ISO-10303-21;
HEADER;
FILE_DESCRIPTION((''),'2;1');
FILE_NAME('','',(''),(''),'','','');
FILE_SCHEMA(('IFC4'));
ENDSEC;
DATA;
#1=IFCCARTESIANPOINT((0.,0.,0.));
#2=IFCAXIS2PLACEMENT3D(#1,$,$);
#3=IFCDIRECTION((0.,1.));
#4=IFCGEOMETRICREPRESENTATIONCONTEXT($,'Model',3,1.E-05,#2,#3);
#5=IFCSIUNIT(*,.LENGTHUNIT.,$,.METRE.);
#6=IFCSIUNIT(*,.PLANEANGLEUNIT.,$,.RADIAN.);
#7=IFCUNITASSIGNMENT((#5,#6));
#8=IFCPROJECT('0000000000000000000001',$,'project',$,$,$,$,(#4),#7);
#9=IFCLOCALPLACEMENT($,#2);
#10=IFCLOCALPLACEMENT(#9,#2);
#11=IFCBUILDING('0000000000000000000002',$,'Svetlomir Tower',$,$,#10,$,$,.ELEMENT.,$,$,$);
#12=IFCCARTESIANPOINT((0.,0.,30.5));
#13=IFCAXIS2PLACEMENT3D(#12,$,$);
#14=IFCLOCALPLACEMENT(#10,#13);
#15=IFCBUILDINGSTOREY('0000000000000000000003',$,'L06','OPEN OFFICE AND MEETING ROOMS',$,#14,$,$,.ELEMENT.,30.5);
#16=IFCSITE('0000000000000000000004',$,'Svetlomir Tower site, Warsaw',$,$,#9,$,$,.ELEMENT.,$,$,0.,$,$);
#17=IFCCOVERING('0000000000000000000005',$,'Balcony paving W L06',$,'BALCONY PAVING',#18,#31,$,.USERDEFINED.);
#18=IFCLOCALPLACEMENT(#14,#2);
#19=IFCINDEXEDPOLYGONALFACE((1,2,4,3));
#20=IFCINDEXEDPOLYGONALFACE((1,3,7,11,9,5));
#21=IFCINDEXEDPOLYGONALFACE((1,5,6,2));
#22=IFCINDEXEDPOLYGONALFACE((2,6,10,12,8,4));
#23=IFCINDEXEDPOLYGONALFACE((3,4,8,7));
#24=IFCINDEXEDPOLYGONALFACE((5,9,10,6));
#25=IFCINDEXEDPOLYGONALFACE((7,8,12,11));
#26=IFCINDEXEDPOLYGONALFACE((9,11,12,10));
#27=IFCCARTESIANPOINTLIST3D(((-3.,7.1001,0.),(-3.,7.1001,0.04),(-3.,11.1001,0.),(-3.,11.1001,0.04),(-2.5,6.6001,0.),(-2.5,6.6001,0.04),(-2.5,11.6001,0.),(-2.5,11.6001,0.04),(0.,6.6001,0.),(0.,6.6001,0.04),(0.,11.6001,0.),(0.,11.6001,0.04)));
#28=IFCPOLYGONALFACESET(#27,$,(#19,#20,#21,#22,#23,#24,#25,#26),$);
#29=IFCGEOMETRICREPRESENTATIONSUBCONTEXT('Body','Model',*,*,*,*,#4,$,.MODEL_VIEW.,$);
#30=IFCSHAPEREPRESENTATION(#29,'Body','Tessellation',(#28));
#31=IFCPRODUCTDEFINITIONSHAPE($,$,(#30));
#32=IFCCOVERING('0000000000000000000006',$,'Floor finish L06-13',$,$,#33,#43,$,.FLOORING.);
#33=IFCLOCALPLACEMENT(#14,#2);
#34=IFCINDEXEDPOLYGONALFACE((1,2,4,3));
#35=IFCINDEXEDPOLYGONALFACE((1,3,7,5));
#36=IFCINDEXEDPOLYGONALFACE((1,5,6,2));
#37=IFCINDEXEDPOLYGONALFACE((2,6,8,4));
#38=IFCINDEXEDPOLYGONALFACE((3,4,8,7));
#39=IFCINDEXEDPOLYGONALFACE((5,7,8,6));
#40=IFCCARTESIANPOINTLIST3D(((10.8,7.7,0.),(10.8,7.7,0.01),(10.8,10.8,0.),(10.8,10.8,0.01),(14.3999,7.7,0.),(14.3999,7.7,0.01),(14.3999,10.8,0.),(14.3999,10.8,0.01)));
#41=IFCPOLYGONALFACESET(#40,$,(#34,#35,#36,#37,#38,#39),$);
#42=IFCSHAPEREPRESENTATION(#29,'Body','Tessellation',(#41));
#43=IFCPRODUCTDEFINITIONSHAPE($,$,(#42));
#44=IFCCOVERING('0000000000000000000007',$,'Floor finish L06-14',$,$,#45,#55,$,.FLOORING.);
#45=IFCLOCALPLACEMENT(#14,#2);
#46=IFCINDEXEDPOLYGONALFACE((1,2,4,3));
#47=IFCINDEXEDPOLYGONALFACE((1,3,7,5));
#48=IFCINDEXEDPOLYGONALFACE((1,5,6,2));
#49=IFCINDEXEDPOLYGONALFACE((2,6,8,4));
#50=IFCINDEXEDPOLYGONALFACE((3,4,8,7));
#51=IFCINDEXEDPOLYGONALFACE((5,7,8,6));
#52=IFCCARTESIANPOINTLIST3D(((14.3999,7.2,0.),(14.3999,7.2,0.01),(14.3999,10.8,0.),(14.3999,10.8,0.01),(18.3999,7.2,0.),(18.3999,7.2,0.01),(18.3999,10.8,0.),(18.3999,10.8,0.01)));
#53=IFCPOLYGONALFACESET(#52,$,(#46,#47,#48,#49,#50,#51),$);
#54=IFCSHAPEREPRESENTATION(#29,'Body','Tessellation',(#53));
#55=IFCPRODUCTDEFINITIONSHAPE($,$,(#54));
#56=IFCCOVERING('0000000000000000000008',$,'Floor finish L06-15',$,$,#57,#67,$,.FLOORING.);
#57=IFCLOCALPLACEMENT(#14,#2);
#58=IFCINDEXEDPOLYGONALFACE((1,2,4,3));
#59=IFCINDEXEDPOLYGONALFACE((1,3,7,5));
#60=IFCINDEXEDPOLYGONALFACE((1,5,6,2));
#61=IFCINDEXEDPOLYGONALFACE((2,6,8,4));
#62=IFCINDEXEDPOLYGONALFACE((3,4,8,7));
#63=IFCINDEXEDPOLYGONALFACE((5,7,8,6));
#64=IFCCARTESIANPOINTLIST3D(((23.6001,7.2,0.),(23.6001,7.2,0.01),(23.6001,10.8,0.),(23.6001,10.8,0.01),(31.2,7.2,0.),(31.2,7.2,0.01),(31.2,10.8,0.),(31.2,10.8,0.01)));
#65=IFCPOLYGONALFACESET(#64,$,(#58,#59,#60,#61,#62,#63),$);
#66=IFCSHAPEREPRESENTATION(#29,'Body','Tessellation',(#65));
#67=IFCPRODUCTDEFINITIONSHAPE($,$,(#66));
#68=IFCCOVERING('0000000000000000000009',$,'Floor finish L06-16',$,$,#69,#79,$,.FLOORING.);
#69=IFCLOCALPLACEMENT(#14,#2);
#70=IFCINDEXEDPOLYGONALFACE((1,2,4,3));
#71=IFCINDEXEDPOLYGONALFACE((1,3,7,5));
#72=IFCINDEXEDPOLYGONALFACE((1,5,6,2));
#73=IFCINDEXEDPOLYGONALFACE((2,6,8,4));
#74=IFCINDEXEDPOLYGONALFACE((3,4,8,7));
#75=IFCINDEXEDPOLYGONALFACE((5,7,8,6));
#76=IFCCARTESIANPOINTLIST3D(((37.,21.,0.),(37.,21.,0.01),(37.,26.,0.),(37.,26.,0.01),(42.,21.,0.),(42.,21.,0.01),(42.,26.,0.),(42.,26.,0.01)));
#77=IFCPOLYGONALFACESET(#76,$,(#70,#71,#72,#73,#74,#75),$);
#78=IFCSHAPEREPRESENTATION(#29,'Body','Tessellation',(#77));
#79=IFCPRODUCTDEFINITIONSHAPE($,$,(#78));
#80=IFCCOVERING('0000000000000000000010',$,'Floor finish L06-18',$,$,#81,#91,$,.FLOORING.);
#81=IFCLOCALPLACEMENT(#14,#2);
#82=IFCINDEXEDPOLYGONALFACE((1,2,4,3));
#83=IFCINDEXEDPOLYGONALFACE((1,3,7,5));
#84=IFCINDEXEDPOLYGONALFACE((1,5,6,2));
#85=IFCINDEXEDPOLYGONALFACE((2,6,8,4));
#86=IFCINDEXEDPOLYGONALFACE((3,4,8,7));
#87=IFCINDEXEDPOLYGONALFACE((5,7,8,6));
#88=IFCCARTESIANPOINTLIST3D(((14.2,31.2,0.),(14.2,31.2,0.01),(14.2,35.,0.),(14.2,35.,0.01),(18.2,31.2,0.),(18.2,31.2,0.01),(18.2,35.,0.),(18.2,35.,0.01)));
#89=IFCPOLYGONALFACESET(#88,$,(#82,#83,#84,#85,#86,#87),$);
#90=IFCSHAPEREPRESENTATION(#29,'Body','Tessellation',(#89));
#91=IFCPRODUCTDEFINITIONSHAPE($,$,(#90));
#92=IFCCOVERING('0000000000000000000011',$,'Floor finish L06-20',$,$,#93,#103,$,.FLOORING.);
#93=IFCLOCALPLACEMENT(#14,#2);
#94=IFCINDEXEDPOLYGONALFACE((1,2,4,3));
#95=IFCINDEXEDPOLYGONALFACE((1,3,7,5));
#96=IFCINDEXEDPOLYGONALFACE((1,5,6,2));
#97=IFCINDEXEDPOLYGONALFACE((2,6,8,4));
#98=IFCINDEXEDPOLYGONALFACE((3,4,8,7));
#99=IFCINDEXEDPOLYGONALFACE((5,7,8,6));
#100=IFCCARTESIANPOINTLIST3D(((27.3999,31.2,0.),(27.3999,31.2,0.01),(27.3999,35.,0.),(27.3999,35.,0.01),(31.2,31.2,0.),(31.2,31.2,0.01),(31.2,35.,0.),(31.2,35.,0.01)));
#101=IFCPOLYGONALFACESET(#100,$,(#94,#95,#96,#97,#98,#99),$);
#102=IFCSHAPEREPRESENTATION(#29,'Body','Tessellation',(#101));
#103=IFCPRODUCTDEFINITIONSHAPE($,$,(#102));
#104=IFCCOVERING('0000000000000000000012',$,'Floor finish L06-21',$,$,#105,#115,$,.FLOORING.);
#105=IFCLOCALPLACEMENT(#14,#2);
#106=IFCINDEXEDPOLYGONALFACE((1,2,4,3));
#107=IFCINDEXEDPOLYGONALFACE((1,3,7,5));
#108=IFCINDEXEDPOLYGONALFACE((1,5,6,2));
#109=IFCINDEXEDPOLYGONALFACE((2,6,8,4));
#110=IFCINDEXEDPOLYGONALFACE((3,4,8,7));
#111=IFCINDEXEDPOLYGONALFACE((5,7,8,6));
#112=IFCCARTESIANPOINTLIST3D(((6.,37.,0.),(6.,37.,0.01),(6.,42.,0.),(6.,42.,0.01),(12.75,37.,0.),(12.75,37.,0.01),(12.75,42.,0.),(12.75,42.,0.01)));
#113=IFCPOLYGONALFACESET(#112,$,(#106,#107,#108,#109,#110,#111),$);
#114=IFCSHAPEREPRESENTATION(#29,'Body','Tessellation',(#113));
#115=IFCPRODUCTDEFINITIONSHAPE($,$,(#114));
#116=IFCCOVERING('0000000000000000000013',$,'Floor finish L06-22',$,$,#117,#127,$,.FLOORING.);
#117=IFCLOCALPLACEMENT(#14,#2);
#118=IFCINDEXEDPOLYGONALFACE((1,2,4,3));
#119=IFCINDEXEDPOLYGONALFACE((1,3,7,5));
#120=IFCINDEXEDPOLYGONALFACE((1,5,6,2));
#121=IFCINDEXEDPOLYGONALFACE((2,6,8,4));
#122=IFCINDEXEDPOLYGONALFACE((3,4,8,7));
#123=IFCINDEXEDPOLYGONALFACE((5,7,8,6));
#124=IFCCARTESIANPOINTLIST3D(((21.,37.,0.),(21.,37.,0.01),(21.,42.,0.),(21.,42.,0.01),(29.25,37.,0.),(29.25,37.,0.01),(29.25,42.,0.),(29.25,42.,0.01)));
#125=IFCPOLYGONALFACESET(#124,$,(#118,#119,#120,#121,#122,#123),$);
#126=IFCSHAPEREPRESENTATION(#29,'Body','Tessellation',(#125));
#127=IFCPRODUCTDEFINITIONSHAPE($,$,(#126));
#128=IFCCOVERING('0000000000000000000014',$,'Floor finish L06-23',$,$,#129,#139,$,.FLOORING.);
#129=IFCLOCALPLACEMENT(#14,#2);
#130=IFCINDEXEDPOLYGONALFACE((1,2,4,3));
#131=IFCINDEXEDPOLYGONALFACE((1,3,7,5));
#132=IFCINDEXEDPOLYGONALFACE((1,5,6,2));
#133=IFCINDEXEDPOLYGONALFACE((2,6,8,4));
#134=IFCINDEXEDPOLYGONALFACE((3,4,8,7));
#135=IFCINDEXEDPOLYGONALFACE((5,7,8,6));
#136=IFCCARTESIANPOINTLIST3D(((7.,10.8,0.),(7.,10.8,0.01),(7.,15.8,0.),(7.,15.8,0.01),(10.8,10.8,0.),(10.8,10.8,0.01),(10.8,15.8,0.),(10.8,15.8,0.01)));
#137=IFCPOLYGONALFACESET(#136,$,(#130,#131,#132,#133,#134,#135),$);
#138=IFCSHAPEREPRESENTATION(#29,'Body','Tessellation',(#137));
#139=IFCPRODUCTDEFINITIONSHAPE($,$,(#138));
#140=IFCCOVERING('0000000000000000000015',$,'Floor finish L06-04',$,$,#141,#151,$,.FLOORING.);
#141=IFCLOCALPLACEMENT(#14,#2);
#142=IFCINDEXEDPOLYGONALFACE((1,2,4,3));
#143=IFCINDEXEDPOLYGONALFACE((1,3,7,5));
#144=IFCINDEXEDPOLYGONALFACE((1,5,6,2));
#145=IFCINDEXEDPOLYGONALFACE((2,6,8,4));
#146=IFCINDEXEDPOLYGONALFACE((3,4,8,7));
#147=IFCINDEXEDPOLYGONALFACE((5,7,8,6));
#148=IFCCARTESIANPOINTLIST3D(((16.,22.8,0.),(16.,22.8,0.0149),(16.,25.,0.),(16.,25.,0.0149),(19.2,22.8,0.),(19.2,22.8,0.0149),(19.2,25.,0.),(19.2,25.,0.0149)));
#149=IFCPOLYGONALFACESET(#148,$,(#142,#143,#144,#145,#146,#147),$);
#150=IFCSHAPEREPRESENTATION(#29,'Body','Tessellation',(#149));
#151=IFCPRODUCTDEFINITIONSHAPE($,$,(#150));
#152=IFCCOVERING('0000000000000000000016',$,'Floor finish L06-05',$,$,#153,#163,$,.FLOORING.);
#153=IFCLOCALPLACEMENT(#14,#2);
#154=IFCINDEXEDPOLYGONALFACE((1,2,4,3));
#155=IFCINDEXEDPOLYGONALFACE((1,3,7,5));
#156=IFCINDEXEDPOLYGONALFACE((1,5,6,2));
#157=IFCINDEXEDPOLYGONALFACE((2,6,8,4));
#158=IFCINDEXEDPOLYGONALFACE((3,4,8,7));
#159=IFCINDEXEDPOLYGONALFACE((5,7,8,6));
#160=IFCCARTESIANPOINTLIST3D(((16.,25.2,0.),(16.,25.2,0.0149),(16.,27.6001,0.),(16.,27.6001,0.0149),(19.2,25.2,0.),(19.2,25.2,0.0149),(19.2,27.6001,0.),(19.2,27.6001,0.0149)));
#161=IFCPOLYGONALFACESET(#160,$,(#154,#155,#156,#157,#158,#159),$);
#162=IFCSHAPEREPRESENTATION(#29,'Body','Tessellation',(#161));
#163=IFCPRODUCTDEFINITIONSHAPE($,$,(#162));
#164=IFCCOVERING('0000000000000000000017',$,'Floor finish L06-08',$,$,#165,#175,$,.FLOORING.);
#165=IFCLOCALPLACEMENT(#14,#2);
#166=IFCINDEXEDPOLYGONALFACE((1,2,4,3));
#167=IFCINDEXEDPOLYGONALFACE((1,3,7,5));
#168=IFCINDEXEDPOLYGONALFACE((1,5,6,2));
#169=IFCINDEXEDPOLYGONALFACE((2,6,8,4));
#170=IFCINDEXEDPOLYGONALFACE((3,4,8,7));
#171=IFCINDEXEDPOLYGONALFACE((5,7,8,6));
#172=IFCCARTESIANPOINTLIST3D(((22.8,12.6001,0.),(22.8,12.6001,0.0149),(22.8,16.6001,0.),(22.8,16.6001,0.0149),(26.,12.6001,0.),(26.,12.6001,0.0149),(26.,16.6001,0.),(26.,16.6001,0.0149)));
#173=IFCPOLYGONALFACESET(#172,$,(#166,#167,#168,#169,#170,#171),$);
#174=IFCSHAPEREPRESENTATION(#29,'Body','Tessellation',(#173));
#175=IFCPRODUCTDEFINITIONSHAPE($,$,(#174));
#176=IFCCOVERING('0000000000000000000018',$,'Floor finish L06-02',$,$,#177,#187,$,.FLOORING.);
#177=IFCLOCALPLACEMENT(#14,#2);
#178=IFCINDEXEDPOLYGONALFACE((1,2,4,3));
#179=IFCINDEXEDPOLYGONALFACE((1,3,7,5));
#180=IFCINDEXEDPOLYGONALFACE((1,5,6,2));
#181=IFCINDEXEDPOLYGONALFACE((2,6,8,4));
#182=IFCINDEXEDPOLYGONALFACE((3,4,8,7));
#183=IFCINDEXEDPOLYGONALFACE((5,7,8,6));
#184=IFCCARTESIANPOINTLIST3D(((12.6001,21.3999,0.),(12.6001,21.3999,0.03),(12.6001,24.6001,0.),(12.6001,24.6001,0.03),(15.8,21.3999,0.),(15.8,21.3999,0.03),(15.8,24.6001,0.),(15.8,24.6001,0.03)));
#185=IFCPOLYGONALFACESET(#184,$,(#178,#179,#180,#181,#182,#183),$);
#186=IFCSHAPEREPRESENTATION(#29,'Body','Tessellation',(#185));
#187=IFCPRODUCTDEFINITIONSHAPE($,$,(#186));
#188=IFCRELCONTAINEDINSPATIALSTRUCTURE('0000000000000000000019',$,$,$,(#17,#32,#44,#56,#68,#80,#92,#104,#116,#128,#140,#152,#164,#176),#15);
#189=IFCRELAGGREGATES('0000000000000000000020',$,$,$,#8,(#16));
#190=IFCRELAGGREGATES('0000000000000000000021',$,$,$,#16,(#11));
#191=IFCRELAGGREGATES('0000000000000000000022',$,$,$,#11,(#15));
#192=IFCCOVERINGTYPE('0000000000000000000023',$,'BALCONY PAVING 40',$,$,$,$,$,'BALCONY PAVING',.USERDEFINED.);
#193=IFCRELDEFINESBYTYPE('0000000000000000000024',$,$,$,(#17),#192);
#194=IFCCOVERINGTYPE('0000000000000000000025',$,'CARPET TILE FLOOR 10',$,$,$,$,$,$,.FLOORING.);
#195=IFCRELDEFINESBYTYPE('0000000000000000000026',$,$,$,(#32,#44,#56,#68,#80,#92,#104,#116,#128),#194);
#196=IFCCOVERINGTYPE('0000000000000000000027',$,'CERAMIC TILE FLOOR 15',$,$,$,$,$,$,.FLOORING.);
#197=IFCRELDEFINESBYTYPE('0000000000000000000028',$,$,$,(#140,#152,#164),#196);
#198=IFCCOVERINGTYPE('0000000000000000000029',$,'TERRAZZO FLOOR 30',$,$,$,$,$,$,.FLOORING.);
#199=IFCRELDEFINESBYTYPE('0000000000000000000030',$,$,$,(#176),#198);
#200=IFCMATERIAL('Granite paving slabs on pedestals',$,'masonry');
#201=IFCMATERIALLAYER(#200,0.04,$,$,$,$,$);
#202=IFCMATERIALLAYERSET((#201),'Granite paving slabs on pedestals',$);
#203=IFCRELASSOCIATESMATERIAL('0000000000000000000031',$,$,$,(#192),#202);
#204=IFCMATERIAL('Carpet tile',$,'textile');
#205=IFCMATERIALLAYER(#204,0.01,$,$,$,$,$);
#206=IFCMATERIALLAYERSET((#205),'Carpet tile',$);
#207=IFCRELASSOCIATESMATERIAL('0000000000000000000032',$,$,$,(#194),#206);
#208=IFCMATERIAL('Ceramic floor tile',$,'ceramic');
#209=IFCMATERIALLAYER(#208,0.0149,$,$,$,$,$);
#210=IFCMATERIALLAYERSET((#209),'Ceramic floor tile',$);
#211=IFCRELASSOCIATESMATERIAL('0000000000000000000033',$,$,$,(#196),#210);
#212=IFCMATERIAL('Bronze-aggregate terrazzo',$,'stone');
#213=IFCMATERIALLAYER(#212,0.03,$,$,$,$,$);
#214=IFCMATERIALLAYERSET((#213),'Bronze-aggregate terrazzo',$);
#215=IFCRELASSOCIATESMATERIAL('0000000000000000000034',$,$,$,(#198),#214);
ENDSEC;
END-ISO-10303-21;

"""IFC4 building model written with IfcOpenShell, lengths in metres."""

from ifc_helpers import new_model, si_unit, direction, frame, origin, place, context, subcontext, project, spatial, polyline, outline, extrude, material, layer, layer_set, type_object, element, save


model = new_model("IFC4")

# Units and contexts
model_context = context("Model", 3, precision=1e-05, world=origin(), true_north=direction((0.0, 1.0)))
body_context = subcontext(model_context, "Body", "Model", "MODEL_VIEW")
ifc_project = project(units=[si_unit("LENGTHUNIT", "METRE"), si_unit("PLANEANGLEUNIT", "RADIAN")], contexts=[model_context])

# Site, building, storey
site_placement = place(None, origin())
site = spatial("IfcSite", under=ifc_project, at=site_placement, Name="Svetlomir Tower site, Warsaw", CompositionType="ELEMENT", RefElevation=0.0)
building_placement = place(site_placement, origin())
building = spatial("IfcBuilding", under=site, at=building_placement, Name="Svetlomir Tower", CompositionType="ELEMENT")
storey_placement = place(building_placement, frame((0.0, 0.0, 30.5)))
storey = spatial("IfcBuildingStorey", under=building, at=storey_placement, Name="L06", Description="OPEN OFFICE AND MEETING ROOMS", CompositionType="ELEMENT", Elevation=30.5)

# Coverings
ifc_material_1 = material(Name="Granite paving slabs on pedestals", Category="masonry")
ifc_layer_1 = layer(ifc_material_1, 0.04)
ifc_layer_set_1 = layer_set([ifc_layer_1], Name="Granite paving slabs on pedestals")
covering_type_1 = type_object("IfcCoveringType", Name="BALCONY PAVING 40", ElementType="BALCONY PAVING", PredefinedType="USERDEFINED", material=ifc_layer_set_1)
covering_1_placement = place(storey_placement, origin())
element("IfcCovering", 1, at=covering_1_placement, inside=storey, type_object=covering_type_1, Name="Balcony paving W L06", ObjectType="BALCONY PAVING", PredefinedType="USERDEFINED", context=body_context, shape_type="SweptSolid", body=[
    extrude(outline(polyline([(-2.5, 6.6001), (0.0, 6.6001), (0.0, 11.6001), (-2.5, 11.6001), (-3.0, 11.1001), (-3.0, 7.1001), (-2.5, 6.6001)])), origin(), (0.0, 0.0, 1.0), 0.04),
])
ifc_material_2 = material(Name="Carpet tile", Category="textile")
ifc_layer_2 = layer(ifc_material_2, 0.01)
ifc_layer_set_2 = layer_set([ifc_layer_2], Name="Carpet tile")
covering_type_2 = type_object("IfcCoveringType", Name="CARPET TILE FLOOR 10", PredefinedType="FLOORING", material=ifc_layer_set_2)
covering_2_placement = place(storey_placement, origin())
element("IfcCovering", 2, at=covering_2_placement, inside=storey, type_object=covering_type_2, Name="Floor finish L06-13", PredefinedType="FLOORING", context=body_context, shape_type="SweptSolid", body=[
    extrude(outline(polyline([(10.8, 7.7), (14.3999, 7.7), (14.3999, 10.8), (10.8, 10.8), (10.8, 7.7)])), origin(), (0.0, 0.0, 1.0), 0.01),
])
covering_3_placement = place(storey_placement, origin())
element("IfcCovering", 3, at=covering_3_placement, inside=storey, type_object=covering_type_2, Name="Floor finish L06-14", PredefinedType="FLOORING", context=body_context, shape_type="SweptSolid", body=[
    extrude(outline(polyline([(14.3999, 7.2), (18.3999, 7.2), (18.3999, 10.8), (14.3999, 10.8), (14.3999, 7.2)])), origin(), (0.0, 0.0, 1.0), 0.01),
])
covering_4_placement = place(storey_placement, origin())
element("IfcCovering", 4, at=covering_4_placement, inside=storey, type_object=covering_type_2, Name="Floor finish L06-15", PredefinedType="FLOORING", context=body_context, shape_type="SweptSolid", body=[
    extrude(outline(polyline([(23.6001, 7.2), (31.2, 7.2), (31.2, 10.8), (23.6001, 10.8), (23.6001, 7.2)])), origin(), (0.0, 0.0, 1.0), 0.01),
])
covering_5_placement = place(storey_placement, origin())
element("IfcCovering", 5, at=covering_5_placement, inside=storey, type_object=covering_type_2, Name="Floor finish L06-16", PredefinedType="FLOORING", context=body_context, shape_type="SweptSolid", body=[
    extrude(outline(polyline([(37.0, 21.0), (42.0, 21.0), (42.0, 26.0), (37.0, 26.0), (37.0, 21.0)])), origin(), (0.0, 0.0, 1.0), 0.01),
])
covering_6_placement = place(storey_placement, origin())
element("IfcCovering", 6, at=covering_6_placement, inside=storey, type_object=covering_type_2, Name="Floor finish L06-18", PredefinedType="FLOORING", context=body_context, shape_type="SweptSolid", body=[
    extrude(outline(polyline([(14.2, 31.2), (18.2, 31.2), (18.2, 35.0), (14.2, 35.0), (14.2, 31.2)])), origin(), (0.0, 0.0, 1.0), 0.01),
])
covering_7_placement = place(storey_placement, origin())
element("IfcCovering", 7, at=covering_7_placement, inside=storey, type_object=covering_type_2, Name="Floor finish L06-20", PredefinedType="FLOORING", context=body_context, shape_type="SweptSolid", body=[
    extrude(outline(polyline([(27.3999, 31.2), (31.2, 31.2), (31.2, 35.0), (27.3999, 35.0), (27.3999, 31.2)])), origin(), (0.0, 0.0, 1.0), 0.01),
])
covering_8_placement = place(storey_placement, origin())
element("IfcCovering", 8, at=covering_8_placement, inside=storey, type_object=covering_type_2, Name="Floor finish L06-21", PredefinedType="FLOORING", context=body_context, shape_type="SweptSolid", body=[
    extrude(outline(polyline([(6.0, 37.0), (12.75, 37.0), (12.75, 42.0), (6.0, 42.0), (6.0, 37.0)])), origin(), (0.0, 0.0, 1.0), 0.01),
])
covering_9_placement = place(storey_placement, origin())
element("IfcCovering", 9, at=covering_9_placement, inside=storey, type_object=covering_type_2, Name="Floor finish L06-22", PredefinedType="FLOORING", context=body_context, shape_type="SweptSolid", body=[
    extrude(outline(polyline([(21.0, 37.0), (29.25, 37.0), (29.25, 42.0), (21.0, 42.0), (21.0, 37.0)])), origin(), (0.0, 0.0, 1.0), 0.01),
])
covering_10_placement = place(storey_placement, origin())
element("IfcCovering", 10, at=covering_10_placement, inside=storey, type_object=covering_type_2, Name="Floor finish L06-23", PredefinedType="FLOORING", context=body_context, shape_type="SweptSolid", body=[
    extrude(outline(polyline([(7.0, 10.8), (10.8, 10.8), (10.8, 15.8), (7.0, 15.8), (7.0, 10.8)])), origin(), (0.0, 0.0, 1.0), 0.01),
])
ifc_material_3 = material(Name="Ceramic floor tile", Category="ceramic")
ifc_layer_3 = layer(ifc_material_3, 0.0149)
ifc_layer_set_3 = layer_set([ifc_layer_3], Name="Ceramic floor tile")
covering_type_3 = type_object("IfcCoveringType", Name="CERAMIC TILE FLOOR 15", PredefinedType="FLOORING", material=ifc_layer_set_3)
covering_11_placement = place(storey_placement, origin())
element("IfcCovering", 11, at=covering_11_placement, inside=storey, type_object=covering_type_3, Name="Floor finish L06-04", PredefinedType="FLOORING", context=body_context, shape_type="SweptSolid", body=[
    extrude(outline(polyline([(16.0, 22.8), (19.2, 22.8), (19.2, 25.0), (16.0, 25.0), (16.0, 22.8)])), origin(), (0.0, 0.0, 1.0), 0.0149),
])
covering_12_placement = place(storey_placement, origin())
element("IfcCovering", 12, at=covering_12_placement, inside=storey, type_object=covering_type_3, Name="Floor finish L06-05", PredefinedType="FLOORING", context=body_context, shape_type="SweptSolid", body=[
    extrude(outline(polyline([(16.0, 25.2), (19.2, 25.2), (19.2, 27.6001), (16.0, 27.6001), (16.0, 25.2)])), origin(), (0.0, 0.0, 1.0), 0.0149),
])
covering_13_placement = place(storey_placement, origin())
element("IfcCovering", 13, at=covering_13_placement, inside=storey, type_object=covering_type_3, Name="Floor finish L06-08", PredefinedType="FLOORING", context=body_context, shape_type="SweptSolid", body=[
    extrude(outline(polyline([(22.8, 12.6001), (26.0, 12.6001), (26.0, 16.6001), (22.8, 16.6001), (22.8, 12.6001)])), origin(), (0.0, 0.0, 1.0), 0.0149),
])
ifc_material_4 = material(Name="Bronze-aggregate terrazzo", Category="stone")
ifc_layer_4 = layer(ifc_material_4, 0.03)
ifc_layer_set_4 = layer_set([ifc_layer_4], Name="Bronze-aggregate terrazzo")
covering_type_4 = type_object("IfcCoveringType", Name="TERRAZZO FLOOR 30", PredefinedType="FLOORING", material=ifc_layer_set_4)
covering_14_placement = place(storey_placement, origin())
element("IfcCovering", 14, at=covering_14_placement, inside=storey, type_object=covering_type_4, Name="Floor finish L06-02", PredefinedType="FLOORING", context=body_context, shape_type="SweptSolid", body=[
    extrude(outline(polyline([(12.6001, 21.3999), (15.8, 21.3999), (15.8, 24.6001), (12.6001, 24.6001), (12.6001, 21.3999)])), origin(), (0.0, 0.0, 1.0), 0.03),
])

save(model, "model.ifc")
